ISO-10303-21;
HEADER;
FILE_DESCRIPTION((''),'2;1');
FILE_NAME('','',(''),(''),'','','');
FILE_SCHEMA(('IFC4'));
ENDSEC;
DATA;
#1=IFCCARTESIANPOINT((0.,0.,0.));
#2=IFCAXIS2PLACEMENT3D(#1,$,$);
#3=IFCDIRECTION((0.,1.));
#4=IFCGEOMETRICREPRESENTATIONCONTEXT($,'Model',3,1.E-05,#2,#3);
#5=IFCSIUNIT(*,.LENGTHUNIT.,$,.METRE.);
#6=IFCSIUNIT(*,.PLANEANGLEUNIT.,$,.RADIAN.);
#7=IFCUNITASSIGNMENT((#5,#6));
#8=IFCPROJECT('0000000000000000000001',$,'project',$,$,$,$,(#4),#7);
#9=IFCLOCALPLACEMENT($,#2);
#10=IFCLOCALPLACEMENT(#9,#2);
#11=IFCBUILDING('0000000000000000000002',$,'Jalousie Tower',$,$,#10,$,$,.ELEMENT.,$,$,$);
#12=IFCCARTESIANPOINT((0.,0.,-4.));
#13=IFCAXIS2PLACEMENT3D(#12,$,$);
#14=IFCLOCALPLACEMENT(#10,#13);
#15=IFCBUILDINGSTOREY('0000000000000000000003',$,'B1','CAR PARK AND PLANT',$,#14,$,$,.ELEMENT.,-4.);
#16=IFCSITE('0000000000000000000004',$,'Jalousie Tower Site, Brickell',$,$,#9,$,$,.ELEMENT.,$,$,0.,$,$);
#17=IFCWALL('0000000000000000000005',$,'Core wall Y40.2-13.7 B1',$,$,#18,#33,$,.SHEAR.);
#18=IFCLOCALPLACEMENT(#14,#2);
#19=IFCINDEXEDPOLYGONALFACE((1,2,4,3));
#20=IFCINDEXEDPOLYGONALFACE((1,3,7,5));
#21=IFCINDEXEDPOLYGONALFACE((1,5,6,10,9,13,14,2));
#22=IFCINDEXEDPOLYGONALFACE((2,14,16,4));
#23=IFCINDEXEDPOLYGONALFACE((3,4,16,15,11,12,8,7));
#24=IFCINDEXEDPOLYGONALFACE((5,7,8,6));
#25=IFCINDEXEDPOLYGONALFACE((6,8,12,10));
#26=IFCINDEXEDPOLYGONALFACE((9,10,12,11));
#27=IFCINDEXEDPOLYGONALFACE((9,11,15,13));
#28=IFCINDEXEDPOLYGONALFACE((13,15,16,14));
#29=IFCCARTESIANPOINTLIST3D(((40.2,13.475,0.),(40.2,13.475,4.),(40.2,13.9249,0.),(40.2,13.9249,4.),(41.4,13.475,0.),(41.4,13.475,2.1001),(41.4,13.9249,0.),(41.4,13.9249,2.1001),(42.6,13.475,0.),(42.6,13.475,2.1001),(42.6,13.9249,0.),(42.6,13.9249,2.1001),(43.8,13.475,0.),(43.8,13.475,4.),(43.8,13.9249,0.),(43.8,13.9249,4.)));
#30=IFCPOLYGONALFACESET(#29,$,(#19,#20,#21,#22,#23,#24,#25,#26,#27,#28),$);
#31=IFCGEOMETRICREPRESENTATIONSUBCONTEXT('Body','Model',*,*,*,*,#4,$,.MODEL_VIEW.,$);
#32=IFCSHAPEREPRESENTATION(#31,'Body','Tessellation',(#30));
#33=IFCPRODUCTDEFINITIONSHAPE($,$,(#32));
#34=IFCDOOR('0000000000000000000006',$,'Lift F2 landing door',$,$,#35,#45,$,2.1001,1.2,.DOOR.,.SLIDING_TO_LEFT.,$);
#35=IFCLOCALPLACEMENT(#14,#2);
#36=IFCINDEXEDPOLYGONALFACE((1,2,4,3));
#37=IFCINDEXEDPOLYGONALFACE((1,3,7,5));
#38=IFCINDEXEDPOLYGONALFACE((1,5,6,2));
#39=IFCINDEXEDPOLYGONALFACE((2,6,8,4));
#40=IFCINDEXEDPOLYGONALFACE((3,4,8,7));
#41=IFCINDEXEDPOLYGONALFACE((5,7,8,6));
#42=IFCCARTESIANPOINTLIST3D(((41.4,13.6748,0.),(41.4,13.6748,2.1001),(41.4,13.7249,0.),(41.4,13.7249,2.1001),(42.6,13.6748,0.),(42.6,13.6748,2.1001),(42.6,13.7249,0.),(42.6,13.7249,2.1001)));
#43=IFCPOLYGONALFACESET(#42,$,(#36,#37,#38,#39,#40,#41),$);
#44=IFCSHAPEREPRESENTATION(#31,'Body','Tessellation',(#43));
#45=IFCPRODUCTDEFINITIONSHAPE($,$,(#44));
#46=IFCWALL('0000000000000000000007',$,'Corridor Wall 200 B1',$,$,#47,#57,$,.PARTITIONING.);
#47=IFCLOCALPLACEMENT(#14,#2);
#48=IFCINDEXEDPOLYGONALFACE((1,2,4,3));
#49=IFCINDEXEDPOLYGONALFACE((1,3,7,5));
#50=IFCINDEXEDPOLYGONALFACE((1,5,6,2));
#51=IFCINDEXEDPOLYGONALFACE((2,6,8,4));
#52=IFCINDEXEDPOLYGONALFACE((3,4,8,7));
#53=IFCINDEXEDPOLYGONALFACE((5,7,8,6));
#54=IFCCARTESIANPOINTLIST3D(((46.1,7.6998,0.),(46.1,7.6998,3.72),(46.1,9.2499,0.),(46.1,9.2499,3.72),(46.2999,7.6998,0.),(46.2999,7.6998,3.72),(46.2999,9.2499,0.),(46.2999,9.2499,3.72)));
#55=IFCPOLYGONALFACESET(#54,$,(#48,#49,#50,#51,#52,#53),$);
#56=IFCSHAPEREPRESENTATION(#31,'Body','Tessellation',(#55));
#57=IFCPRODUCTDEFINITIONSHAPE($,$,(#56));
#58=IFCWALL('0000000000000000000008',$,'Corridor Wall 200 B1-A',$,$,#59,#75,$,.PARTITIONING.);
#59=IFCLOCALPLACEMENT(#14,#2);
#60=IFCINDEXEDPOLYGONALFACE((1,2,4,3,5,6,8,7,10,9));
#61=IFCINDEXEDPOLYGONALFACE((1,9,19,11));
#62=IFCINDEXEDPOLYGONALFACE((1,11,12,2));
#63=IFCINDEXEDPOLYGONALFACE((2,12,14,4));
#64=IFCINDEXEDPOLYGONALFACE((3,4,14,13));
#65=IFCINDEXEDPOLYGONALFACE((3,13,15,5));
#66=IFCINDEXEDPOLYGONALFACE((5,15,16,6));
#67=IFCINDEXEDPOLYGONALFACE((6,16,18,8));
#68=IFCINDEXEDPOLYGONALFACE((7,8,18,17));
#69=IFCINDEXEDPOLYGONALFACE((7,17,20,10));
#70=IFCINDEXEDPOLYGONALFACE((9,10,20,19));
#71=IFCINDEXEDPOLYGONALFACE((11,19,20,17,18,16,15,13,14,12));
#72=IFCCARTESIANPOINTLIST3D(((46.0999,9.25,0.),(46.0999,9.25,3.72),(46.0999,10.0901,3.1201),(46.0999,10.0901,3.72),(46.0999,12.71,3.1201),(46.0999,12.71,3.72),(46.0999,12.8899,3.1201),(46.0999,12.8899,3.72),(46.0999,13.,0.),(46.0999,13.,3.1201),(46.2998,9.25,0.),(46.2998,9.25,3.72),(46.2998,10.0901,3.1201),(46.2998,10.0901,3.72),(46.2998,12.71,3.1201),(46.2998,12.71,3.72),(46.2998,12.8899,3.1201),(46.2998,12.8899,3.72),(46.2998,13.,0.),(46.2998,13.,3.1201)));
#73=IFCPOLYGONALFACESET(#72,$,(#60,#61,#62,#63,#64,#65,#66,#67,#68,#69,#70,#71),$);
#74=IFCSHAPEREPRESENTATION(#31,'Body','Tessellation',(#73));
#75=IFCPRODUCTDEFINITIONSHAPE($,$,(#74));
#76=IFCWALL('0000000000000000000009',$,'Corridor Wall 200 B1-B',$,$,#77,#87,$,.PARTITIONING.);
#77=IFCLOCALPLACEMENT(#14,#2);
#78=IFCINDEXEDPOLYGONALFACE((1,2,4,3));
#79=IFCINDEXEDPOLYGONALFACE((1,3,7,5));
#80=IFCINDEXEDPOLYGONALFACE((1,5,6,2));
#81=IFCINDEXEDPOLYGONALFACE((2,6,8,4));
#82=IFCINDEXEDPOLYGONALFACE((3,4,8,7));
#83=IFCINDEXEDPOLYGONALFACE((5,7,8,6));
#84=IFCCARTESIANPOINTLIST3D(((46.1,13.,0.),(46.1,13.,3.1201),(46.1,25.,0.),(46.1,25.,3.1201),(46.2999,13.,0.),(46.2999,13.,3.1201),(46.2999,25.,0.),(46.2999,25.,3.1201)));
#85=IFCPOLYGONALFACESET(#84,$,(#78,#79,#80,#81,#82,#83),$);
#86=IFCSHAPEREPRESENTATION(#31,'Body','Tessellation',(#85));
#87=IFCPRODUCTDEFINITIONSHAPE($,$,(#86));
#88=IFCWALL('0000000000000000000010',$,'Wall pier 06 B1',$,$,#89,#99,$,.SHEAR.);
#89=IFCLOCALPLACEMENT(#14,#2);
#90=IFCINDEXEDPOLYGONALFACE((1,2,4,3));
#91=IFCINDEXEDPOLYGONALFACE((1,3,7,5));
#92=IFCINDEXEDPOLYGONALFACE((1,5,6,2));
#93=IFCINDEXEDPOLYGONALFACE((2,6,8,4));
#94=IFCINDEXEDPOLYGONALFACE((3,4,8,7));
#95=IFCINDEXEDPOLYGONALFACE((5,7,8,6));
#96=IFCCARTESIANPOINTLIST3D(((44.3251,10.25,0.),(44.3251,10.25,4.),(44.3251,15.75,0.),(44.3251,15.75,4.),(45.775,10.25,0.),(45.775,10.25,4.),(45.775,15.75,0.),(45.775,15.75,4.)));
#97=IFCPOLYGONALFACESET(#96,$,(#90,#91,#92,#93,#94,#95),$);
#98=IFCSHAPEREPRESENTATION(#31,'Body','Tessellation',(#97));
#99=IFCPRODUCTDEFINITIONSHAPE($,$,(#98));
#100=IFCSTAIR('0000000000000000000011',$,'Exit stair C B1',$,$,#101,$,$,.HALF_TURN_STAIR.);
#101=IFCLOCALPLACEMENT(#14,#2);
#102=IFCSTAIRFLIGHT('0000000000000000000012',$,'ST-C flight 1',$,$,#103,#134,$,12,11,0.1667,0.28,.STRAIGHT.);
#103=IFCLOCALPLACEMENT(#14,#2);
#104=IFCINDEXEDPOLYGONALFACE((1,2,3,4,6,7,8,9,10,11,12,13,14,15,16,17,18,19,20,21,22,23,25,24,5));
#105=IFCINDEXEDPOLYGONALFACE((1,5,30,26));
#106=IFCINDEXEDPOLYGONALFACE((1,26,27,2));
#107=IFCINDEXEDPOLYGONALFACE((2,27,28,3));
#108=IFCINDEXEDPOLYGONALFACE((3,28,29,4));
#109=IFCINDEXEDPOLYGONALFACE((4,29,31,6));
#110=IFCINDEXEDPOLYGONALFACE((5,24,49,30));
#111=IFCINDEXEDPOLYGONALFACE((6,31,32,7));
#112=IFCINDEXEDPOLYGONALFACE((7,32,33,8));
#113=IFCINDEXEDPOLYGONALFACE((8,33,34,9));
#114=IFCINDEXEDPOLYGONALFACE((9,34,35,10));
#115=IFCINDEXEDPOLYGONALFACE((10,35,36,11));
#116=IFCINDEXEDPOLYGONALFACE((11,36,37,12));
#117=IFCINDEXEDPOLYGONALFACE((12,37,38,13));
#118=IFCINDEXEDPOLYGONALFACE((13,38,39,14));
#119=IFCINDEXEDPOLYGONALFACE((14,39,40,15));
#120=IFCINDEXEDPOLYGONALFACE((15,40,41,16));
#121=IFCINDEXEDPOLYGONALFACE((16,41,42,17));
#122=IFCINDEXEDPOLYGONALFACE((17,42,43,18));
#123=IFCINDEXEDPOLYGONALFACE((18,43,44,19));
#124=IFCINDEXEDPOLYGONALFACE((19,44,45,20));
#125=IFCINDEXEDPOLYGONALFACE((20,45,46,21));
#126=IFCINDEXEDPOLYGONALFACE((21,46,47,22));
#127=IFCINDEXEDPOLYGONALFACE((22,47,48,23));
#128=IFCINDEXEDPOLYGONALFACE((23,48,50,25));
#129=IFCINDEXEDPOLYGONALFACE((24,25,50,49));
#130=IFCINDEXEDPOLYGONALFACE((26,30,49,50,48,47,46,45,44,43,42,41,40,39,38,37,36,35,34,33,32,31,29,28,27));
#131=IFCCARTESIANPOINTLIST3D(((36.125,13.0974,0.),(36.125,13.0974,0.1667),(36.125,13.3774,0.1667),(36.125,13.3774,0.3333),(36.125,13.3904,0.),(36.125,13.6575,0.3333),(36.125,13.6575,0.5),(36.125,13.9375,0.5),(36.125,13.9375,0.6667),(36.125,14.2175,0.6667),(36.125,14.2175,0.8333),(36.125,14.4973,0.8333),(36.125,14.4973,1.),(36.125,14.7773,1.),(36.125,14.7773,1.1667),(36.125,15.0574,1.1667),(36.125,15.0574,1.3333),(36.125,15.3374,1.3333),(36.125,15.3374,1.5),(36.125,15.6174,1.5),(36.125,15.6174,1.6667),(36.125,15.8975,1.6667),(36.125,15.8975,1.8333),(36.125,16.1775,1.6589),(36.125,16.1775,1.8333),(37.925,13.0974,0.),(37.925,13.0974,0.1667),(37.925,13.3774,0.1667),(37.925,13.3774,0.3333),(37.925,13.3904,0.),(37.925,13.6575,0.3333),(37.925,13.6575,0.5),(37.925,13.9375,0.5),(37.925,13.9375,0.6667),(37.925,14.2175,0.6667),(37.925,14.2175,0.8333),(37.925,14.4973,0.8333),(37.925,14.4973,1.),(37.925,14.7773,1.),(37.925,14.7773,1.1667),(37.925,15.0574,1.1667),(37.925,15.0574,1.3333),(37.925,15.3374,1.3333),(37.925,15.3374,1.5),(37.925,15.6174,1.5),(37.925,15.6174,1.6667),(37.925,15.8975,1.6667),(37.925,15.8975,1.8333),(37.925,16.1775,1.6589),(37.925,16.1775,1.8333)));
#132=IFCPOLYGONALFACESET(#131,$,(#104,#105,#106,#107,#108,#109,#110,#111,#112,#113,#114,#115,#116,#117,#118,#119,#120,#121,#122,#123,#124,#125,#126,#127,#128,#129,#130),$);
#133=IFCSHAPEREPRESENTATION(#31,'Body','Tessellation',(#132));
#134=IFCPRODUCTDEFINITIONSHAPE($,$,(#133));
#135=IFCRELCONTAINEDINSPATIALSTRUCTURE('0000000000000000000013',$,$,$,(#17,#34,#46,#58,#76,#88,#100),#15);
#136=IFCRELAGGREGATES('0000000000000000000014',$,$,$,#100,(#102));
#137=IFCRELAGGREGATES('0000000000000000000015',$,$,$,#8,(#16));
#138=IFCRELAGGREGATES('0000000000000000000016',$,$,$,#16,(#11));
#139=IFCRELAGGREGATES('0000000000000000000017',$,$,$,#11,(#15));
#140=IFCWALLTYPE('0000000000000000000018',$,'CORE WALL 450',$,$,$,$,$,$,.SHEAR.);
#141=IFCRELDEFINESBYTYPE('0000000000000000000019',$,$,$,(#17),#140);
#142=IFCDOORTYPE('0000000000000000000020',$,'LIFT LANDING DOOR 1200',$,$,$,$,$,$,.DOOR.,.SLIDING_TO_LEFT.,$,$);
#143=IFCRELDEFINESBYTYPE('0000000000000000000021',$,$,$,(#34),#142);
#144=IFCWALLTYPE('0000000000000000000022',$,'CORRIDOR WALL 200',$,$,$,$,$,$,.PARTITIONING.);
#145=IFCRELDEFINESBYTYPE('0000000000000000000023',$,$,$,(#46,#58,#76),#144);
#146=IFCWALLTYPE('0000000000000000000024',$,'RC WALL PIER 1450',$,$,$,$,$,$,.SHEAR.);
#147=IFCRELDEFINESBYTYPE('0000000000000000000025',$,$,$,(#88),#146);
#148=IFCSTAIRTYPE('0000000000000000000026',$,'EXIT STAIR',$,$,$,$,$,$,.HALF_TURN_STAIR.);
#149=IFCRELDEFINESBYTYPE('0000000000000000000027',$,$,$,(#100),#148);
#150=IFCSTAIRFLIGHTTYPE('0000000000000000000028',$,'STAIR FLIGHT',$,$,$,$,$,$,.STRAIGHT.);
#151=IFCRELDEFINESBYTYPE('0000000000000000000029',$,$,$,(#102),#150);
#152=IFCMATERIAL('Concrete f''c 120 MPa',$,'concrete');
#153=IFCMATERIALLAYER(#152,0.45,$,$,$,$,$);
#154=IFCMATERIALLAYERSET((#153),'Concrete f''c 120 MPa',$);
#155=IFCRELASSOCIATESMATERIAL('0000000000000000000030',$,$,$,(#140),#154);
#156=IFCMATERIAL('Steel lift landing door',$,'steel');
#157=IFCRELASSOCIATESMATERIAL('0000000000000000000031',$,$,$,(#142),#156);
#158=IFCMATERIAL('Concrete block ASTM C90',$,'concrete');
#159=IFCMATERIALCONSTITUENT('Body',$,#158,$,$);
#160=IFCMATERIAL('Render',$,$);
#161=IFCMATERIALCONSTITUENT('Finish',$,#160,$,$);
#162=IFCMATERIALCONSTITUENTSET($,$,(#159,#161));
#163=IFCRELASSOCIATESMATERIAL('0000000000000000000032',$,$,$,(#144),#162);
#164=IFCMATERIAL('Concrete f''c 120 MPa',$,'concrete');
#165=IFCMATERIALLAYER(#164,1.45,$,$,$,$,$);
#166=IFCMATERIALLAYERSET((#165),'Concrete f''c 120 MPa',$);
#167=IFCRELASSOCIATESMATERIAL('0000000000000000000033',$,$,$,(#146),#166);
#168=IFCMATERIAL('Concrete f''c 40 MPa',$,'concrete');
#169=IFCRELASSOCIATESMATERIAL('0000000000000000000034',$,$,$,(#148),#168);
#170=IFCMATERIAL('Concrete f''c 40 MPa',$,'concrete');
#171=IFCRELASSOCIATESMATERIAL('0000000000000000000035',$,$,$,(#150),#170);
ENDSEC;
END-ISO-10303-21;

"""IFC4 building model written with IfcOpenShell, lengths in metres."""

from ifc_helpers import new_model, si_unit, direction, frame, frame_2d, origin, place, context, subcontext, project, spatial, polyline, rectangle, outline, extrude, material, layer, layer_set, constituent, constituent_set, type_object, element, fill, aggregate, save


model = new_model("IFC4")

# Units and contexts
model_context = context("Model", 3, precision=1e-05, world=origin(), true_north=direction((0.0, 1.0)))
body_context = subcontext(model_context, "Body", "Model", "MODEL_VIEW")
ifc_project = project(units=[si_unit("LENGTHUNIT", "METRE"), si_unit("PLANEANGLEUNIT", "RADIAN")], contexts=[model_context])

# Site, building, storey
site_placement = place(None, origin())
site = spatial("IfcSite", under=ifc_project, at=site_placement, Name="Jalousie Tower Site, Brickell", CompositionType="ELEMENT", RefElevation=0.0)
building_placement = place(site_placement, origin())
building = spatial("IfcBuilding", under=site, at=building_placement, Name="Jalousie Tower", CompositionType="ELEMENT")
storey_placement = place(building_placement, frame((0.0, 0.0, -4.0)))
storey = spatial("IfcBuildingStorey", under=building, at=storey_placement, Name="B1", Description="CAR PARK AND PLANT", CompositionType="ELEMENT", Elevation=-4.0)

# Shared definitions
ifc_material_1 = material(Name="Concrete f'c 120 MPa", Category="concrete")
ifc_layer_1 = layer(ifc_material_1, 0.45)
ifc_layer_set_1 = layer_set([ifc_layer_1], Name="Concrete f'c 120 MPa")
wall_type_1 = type_object("IfcWallType", Name="CORE WALL 450", PredefinedType="SHEAR", material=ifc_layer_set_1)

# Wall, opening, door
wall_1_placement = place(storey_placement, frame((40.2, 13.7, 0.0), z_axis=(0.0, 0.0, 1.0), x_axis=(1.0, 0.0, 0.0)))
wall_1 = element("IfcWall", 1, at=wall_1_placement, inside=storey, type_object=wall_type_1, Name="Core wall Y40.2-13.7 B1", PredefinedType="SHEAR", context=body_context, shape_type="SweptSolid", body=[
    extrude(rectangle(XDim=3.6001, YDim=0.45, at=frame_2d((1.8, 0.0))), origin(), (0.0, 0.0, 1.0), 4.0),
])
opening_1_placement = place(wall_1_placement, frame((1.2, 0.0, 0.0)))
opening_1 = element("IfcOpeningElement", 2, at=opening_1_placement, cuts=wall_1, PredefinedType="OPENING", context=body_context, shape_type="SweptSolid", body=[
    extrude(rectangle(XDim=1.2, YDim=2.1001, at=frame_2d((0.6001, 1.05))), frame((0.0, 0.2349, 0.0), z_axis=(0.0, -1.0, 0.0), x_axis=(1.0, 0.0, 0.0)), (0.0, 0.0, 1.0), 0.47),
])
ifc_material_2 = material(Name="Steel lift landing door", Category="steel")
door_type_1 = type_object("IfcDoorType", Name="LIFT LANDING DOOR 1200", OperationType="SLIDING_TO_LEFT", PredefinedType="DOOR", material=ifc_material_2)
door_1_placement = place(opening_1_placement, origin())
door_1 = element("IfcDoor", 3, at=door_1_placement, inside=storey, type_object=door_type_1, Name="Lift F2 landing door", OperationType="SLIDING_TO_LEFT", OverallHeight=2.1001, OverallWidth=1.2, PredefinedType="DOOR", context=body_context, shape_type="SweptSolid", body=[
    extrude(rectangle(XDim=1.2, YDim=2.1001, at=frame_2d((0.6001, 1.05))), frame((0.0, 0.0249, 0.0), z_axis=(0.0, -1.0, 0.0), x_axis=(1.0, 0.0, 0.0)), (0.0, 0.0, 1.0), 0.05),
])
fill(opening_1, door_1)

# Walls
ifc_material_3 = material(Name="Concrete block ASTM C90", Category="concrete")
ifc_constituent_1 = constituent(ifc_material_3, Name="Body")
ifc_material_4 = material(Name="Render")
ifc_constituent_2 = constituent(ifc_material_4, Name="Finish")
ifc_constituent_set_1 = constituent_set(constituents=[ifc_constituent_1, ifc_constituent_2])
wall_type_2 = type_object("IfcWallType", Name="CORRIDOR WALL 200", PredefinedType="PARTITIONING", material=ifc_constituent_set_1)
wall_2_placement = place(storey_placement, frame((46.2, 7.7, 0.0), z_axis=(0.0, 0.0, 1.0), x_axis=(0.0, 1.0, 0.0)))
element("IfcWall", 4, at=wall_2_placement, inside=storey, type_object=wall_type_2, Name="Corridor Wall 200 B1", PredefinedType="PARTITIONING", context=body_context, shape_type="SweptSolid", body=[
    extrude(rectangle(XDim=1.55, YDim=0.2, at=frame_2d((0.7749, 0.0))), origin(), (0.0, 0.0, 1.0), 3.72),
])
wall_3_placement = place(storey_placement, frame((46.2, 9.25, 0.0), z_axis=(0.0, 0.0, 1.0), x_axis=(0.0, 1.0, 0.0)))
element("IfcWall", 5, at=wall_3_placement, inside=storey, type_object=wall_type_2, Name="Corridor Wall 200 B1-A", PredefinedType="PARTITIONING", context=body_context, shape_type="SweptSolid", body=[
    extrude(outline(polyline([(0.0, 0.0), (3.75, 0.0), (3.75, 3.1201), (3.6399, 3.1201), (3.6399, 3.72), (3.46, 3.72), (3.46, 3.1201), (0.8401, 3.1201), (0.8401, 3.72), (0.0, 3.72), (0.0, 0.0)])), frame((0.0, 0.1001, 0.0), z_axis=(0.0, -1.0, 0.0), x_axis=(1.0, 0.0, 0.0)), (0.0, 0.0, 1.0), 0.2),
])
wall_4_placement = place(storey_placement, frame((46.2, 13.0, 0.0), z_axis=(0.0, 0.0, 1.0), x_axis=(0.0, 1.0, 0.0)))
element("IfcWall", 6, at=wall_4_placement, inside=storey, type_object=wall_type_2, Name="Corridor Wall 200 B1-B", PredefinedType="PARTITIONING", context=body_context, shape_type="SweptSolid", body=[
    extrude(rectangle(XDim=12.0, YDim=0.2, at=frame_2d((6.0, 0.0))), origin(), (0.0, 0.0, 1.0), 3.1201),
])
ifc_material_5 = material(Name="Concrete f'c 120 MPa", Category="concrete")
ifc_layer_2 = layer(ifc_material_5, 1.45)
ifc_layer_set_2 = layer_set([ifc_layer_2], Name="Concrete f'c 120 MPa")
wall_type_3 = type_object("IfcWallType", Name="RC WALL PIER 1450", PredefinedType="SHEAR", material=ifc_layer_set_2)
wall_5_placement = place(storey_placement, frame((45.05, 10.25, 0.0), z_axis=(0.0, 0.0, 1.0), x_axis=(0.0, 1.0, 0.0)))
element("IfcWall", 7, at=wall_5_placement, inside=storey, type_object=wall_type_3, Name="Wall pier 06 B1", PredefinedType="SHEAR", context=body_context, shape_type="SweptSolid", body=[
    extrude(rectangle(XDim=5.5, YDim=1.45, at=frame_2d((2.75, 0.0))), origin(), (0.0, 0.0, 1.0), 4.0),
])

# Stair, stair flight
ifc_material_6 = material(Name="Concrete f'c 40 MPa", Category="concrete")
stair_type = type_object("IfcStairType", Name="EXIT STAIR", PredefinedType="HALF_TURN_STAIR", material=ifc_material_6)
stair_placement = place(storey_placement, origin())
stair = element("IfcStair", 8, at=stair_placement, inside=storey, type_object=stair_type, Name="Exit stair C B1", PredefinedType="HALF_TURN_STAIR")
ifc_material_7 = material(Name="Concrete f'c 40 MPa", Category="concrete")
stair_flight_type = type_object("IfcStairFlightType", Name="STAIR FLIGHT", PredefinedType="STRAIGHT", material=ifc_material_7)
stair_flight_placement = place(storey_placement, frame((37.0249, 13.0974, 0.0), z_axis=(0.0, 0.0, 1.0), x_axis=(0.0, 1.0, 0.0)))
stair_flight = element("IfcStairFlight", 9, at=stair_flight_placement, type_object=stair_flight_type, Name="ST-C flight 1", NumberOfRisers=12, NumberOfTreads=11, PredefinedType="STRAIGHT", RiserHeight=0.1667, TreadLength=0.28, context=body_context, shape_type="SweptSolid", body=[
    extrude(outline(polyline([(0.0, 0.0), (0.0, 0.1667), (0.28, 0.1667), (0.28, 0.3333), (0.5601, 0.3333), (0.5601, 0.5), (0.8401, 0.5), (0.8401, 0.6667), (1.1201, 0.6667), (1.1201, 0.8333), (1.3999, 0.8333), (1.3999, 1.0), (1.6799, 1.0), (1.6799, 1.1667), (1.96, 1.1667), (1.96, 1.3333), (2.24, 1.3333), (2.24, 1.5), (2.52, 1.5), (2.52, 1.6667), (2.8, 1.6667), (2.8, 1.8333), (3.0801, 1.8333), (3.0801, 2.0), (3.0801, 1.6589), (0.293, 0.0), (0.0, 0.0)])), frame((0.0, 0.8999, 0.0), z_axis=(0.0, -1.0, 0.0), x_axis=(1.0, 0.0, 0.0)), (0.0, 0.0, 1.0), 1.8),
])
aggregate(stair, [stair_flight])

save(model, "model.ifc")
